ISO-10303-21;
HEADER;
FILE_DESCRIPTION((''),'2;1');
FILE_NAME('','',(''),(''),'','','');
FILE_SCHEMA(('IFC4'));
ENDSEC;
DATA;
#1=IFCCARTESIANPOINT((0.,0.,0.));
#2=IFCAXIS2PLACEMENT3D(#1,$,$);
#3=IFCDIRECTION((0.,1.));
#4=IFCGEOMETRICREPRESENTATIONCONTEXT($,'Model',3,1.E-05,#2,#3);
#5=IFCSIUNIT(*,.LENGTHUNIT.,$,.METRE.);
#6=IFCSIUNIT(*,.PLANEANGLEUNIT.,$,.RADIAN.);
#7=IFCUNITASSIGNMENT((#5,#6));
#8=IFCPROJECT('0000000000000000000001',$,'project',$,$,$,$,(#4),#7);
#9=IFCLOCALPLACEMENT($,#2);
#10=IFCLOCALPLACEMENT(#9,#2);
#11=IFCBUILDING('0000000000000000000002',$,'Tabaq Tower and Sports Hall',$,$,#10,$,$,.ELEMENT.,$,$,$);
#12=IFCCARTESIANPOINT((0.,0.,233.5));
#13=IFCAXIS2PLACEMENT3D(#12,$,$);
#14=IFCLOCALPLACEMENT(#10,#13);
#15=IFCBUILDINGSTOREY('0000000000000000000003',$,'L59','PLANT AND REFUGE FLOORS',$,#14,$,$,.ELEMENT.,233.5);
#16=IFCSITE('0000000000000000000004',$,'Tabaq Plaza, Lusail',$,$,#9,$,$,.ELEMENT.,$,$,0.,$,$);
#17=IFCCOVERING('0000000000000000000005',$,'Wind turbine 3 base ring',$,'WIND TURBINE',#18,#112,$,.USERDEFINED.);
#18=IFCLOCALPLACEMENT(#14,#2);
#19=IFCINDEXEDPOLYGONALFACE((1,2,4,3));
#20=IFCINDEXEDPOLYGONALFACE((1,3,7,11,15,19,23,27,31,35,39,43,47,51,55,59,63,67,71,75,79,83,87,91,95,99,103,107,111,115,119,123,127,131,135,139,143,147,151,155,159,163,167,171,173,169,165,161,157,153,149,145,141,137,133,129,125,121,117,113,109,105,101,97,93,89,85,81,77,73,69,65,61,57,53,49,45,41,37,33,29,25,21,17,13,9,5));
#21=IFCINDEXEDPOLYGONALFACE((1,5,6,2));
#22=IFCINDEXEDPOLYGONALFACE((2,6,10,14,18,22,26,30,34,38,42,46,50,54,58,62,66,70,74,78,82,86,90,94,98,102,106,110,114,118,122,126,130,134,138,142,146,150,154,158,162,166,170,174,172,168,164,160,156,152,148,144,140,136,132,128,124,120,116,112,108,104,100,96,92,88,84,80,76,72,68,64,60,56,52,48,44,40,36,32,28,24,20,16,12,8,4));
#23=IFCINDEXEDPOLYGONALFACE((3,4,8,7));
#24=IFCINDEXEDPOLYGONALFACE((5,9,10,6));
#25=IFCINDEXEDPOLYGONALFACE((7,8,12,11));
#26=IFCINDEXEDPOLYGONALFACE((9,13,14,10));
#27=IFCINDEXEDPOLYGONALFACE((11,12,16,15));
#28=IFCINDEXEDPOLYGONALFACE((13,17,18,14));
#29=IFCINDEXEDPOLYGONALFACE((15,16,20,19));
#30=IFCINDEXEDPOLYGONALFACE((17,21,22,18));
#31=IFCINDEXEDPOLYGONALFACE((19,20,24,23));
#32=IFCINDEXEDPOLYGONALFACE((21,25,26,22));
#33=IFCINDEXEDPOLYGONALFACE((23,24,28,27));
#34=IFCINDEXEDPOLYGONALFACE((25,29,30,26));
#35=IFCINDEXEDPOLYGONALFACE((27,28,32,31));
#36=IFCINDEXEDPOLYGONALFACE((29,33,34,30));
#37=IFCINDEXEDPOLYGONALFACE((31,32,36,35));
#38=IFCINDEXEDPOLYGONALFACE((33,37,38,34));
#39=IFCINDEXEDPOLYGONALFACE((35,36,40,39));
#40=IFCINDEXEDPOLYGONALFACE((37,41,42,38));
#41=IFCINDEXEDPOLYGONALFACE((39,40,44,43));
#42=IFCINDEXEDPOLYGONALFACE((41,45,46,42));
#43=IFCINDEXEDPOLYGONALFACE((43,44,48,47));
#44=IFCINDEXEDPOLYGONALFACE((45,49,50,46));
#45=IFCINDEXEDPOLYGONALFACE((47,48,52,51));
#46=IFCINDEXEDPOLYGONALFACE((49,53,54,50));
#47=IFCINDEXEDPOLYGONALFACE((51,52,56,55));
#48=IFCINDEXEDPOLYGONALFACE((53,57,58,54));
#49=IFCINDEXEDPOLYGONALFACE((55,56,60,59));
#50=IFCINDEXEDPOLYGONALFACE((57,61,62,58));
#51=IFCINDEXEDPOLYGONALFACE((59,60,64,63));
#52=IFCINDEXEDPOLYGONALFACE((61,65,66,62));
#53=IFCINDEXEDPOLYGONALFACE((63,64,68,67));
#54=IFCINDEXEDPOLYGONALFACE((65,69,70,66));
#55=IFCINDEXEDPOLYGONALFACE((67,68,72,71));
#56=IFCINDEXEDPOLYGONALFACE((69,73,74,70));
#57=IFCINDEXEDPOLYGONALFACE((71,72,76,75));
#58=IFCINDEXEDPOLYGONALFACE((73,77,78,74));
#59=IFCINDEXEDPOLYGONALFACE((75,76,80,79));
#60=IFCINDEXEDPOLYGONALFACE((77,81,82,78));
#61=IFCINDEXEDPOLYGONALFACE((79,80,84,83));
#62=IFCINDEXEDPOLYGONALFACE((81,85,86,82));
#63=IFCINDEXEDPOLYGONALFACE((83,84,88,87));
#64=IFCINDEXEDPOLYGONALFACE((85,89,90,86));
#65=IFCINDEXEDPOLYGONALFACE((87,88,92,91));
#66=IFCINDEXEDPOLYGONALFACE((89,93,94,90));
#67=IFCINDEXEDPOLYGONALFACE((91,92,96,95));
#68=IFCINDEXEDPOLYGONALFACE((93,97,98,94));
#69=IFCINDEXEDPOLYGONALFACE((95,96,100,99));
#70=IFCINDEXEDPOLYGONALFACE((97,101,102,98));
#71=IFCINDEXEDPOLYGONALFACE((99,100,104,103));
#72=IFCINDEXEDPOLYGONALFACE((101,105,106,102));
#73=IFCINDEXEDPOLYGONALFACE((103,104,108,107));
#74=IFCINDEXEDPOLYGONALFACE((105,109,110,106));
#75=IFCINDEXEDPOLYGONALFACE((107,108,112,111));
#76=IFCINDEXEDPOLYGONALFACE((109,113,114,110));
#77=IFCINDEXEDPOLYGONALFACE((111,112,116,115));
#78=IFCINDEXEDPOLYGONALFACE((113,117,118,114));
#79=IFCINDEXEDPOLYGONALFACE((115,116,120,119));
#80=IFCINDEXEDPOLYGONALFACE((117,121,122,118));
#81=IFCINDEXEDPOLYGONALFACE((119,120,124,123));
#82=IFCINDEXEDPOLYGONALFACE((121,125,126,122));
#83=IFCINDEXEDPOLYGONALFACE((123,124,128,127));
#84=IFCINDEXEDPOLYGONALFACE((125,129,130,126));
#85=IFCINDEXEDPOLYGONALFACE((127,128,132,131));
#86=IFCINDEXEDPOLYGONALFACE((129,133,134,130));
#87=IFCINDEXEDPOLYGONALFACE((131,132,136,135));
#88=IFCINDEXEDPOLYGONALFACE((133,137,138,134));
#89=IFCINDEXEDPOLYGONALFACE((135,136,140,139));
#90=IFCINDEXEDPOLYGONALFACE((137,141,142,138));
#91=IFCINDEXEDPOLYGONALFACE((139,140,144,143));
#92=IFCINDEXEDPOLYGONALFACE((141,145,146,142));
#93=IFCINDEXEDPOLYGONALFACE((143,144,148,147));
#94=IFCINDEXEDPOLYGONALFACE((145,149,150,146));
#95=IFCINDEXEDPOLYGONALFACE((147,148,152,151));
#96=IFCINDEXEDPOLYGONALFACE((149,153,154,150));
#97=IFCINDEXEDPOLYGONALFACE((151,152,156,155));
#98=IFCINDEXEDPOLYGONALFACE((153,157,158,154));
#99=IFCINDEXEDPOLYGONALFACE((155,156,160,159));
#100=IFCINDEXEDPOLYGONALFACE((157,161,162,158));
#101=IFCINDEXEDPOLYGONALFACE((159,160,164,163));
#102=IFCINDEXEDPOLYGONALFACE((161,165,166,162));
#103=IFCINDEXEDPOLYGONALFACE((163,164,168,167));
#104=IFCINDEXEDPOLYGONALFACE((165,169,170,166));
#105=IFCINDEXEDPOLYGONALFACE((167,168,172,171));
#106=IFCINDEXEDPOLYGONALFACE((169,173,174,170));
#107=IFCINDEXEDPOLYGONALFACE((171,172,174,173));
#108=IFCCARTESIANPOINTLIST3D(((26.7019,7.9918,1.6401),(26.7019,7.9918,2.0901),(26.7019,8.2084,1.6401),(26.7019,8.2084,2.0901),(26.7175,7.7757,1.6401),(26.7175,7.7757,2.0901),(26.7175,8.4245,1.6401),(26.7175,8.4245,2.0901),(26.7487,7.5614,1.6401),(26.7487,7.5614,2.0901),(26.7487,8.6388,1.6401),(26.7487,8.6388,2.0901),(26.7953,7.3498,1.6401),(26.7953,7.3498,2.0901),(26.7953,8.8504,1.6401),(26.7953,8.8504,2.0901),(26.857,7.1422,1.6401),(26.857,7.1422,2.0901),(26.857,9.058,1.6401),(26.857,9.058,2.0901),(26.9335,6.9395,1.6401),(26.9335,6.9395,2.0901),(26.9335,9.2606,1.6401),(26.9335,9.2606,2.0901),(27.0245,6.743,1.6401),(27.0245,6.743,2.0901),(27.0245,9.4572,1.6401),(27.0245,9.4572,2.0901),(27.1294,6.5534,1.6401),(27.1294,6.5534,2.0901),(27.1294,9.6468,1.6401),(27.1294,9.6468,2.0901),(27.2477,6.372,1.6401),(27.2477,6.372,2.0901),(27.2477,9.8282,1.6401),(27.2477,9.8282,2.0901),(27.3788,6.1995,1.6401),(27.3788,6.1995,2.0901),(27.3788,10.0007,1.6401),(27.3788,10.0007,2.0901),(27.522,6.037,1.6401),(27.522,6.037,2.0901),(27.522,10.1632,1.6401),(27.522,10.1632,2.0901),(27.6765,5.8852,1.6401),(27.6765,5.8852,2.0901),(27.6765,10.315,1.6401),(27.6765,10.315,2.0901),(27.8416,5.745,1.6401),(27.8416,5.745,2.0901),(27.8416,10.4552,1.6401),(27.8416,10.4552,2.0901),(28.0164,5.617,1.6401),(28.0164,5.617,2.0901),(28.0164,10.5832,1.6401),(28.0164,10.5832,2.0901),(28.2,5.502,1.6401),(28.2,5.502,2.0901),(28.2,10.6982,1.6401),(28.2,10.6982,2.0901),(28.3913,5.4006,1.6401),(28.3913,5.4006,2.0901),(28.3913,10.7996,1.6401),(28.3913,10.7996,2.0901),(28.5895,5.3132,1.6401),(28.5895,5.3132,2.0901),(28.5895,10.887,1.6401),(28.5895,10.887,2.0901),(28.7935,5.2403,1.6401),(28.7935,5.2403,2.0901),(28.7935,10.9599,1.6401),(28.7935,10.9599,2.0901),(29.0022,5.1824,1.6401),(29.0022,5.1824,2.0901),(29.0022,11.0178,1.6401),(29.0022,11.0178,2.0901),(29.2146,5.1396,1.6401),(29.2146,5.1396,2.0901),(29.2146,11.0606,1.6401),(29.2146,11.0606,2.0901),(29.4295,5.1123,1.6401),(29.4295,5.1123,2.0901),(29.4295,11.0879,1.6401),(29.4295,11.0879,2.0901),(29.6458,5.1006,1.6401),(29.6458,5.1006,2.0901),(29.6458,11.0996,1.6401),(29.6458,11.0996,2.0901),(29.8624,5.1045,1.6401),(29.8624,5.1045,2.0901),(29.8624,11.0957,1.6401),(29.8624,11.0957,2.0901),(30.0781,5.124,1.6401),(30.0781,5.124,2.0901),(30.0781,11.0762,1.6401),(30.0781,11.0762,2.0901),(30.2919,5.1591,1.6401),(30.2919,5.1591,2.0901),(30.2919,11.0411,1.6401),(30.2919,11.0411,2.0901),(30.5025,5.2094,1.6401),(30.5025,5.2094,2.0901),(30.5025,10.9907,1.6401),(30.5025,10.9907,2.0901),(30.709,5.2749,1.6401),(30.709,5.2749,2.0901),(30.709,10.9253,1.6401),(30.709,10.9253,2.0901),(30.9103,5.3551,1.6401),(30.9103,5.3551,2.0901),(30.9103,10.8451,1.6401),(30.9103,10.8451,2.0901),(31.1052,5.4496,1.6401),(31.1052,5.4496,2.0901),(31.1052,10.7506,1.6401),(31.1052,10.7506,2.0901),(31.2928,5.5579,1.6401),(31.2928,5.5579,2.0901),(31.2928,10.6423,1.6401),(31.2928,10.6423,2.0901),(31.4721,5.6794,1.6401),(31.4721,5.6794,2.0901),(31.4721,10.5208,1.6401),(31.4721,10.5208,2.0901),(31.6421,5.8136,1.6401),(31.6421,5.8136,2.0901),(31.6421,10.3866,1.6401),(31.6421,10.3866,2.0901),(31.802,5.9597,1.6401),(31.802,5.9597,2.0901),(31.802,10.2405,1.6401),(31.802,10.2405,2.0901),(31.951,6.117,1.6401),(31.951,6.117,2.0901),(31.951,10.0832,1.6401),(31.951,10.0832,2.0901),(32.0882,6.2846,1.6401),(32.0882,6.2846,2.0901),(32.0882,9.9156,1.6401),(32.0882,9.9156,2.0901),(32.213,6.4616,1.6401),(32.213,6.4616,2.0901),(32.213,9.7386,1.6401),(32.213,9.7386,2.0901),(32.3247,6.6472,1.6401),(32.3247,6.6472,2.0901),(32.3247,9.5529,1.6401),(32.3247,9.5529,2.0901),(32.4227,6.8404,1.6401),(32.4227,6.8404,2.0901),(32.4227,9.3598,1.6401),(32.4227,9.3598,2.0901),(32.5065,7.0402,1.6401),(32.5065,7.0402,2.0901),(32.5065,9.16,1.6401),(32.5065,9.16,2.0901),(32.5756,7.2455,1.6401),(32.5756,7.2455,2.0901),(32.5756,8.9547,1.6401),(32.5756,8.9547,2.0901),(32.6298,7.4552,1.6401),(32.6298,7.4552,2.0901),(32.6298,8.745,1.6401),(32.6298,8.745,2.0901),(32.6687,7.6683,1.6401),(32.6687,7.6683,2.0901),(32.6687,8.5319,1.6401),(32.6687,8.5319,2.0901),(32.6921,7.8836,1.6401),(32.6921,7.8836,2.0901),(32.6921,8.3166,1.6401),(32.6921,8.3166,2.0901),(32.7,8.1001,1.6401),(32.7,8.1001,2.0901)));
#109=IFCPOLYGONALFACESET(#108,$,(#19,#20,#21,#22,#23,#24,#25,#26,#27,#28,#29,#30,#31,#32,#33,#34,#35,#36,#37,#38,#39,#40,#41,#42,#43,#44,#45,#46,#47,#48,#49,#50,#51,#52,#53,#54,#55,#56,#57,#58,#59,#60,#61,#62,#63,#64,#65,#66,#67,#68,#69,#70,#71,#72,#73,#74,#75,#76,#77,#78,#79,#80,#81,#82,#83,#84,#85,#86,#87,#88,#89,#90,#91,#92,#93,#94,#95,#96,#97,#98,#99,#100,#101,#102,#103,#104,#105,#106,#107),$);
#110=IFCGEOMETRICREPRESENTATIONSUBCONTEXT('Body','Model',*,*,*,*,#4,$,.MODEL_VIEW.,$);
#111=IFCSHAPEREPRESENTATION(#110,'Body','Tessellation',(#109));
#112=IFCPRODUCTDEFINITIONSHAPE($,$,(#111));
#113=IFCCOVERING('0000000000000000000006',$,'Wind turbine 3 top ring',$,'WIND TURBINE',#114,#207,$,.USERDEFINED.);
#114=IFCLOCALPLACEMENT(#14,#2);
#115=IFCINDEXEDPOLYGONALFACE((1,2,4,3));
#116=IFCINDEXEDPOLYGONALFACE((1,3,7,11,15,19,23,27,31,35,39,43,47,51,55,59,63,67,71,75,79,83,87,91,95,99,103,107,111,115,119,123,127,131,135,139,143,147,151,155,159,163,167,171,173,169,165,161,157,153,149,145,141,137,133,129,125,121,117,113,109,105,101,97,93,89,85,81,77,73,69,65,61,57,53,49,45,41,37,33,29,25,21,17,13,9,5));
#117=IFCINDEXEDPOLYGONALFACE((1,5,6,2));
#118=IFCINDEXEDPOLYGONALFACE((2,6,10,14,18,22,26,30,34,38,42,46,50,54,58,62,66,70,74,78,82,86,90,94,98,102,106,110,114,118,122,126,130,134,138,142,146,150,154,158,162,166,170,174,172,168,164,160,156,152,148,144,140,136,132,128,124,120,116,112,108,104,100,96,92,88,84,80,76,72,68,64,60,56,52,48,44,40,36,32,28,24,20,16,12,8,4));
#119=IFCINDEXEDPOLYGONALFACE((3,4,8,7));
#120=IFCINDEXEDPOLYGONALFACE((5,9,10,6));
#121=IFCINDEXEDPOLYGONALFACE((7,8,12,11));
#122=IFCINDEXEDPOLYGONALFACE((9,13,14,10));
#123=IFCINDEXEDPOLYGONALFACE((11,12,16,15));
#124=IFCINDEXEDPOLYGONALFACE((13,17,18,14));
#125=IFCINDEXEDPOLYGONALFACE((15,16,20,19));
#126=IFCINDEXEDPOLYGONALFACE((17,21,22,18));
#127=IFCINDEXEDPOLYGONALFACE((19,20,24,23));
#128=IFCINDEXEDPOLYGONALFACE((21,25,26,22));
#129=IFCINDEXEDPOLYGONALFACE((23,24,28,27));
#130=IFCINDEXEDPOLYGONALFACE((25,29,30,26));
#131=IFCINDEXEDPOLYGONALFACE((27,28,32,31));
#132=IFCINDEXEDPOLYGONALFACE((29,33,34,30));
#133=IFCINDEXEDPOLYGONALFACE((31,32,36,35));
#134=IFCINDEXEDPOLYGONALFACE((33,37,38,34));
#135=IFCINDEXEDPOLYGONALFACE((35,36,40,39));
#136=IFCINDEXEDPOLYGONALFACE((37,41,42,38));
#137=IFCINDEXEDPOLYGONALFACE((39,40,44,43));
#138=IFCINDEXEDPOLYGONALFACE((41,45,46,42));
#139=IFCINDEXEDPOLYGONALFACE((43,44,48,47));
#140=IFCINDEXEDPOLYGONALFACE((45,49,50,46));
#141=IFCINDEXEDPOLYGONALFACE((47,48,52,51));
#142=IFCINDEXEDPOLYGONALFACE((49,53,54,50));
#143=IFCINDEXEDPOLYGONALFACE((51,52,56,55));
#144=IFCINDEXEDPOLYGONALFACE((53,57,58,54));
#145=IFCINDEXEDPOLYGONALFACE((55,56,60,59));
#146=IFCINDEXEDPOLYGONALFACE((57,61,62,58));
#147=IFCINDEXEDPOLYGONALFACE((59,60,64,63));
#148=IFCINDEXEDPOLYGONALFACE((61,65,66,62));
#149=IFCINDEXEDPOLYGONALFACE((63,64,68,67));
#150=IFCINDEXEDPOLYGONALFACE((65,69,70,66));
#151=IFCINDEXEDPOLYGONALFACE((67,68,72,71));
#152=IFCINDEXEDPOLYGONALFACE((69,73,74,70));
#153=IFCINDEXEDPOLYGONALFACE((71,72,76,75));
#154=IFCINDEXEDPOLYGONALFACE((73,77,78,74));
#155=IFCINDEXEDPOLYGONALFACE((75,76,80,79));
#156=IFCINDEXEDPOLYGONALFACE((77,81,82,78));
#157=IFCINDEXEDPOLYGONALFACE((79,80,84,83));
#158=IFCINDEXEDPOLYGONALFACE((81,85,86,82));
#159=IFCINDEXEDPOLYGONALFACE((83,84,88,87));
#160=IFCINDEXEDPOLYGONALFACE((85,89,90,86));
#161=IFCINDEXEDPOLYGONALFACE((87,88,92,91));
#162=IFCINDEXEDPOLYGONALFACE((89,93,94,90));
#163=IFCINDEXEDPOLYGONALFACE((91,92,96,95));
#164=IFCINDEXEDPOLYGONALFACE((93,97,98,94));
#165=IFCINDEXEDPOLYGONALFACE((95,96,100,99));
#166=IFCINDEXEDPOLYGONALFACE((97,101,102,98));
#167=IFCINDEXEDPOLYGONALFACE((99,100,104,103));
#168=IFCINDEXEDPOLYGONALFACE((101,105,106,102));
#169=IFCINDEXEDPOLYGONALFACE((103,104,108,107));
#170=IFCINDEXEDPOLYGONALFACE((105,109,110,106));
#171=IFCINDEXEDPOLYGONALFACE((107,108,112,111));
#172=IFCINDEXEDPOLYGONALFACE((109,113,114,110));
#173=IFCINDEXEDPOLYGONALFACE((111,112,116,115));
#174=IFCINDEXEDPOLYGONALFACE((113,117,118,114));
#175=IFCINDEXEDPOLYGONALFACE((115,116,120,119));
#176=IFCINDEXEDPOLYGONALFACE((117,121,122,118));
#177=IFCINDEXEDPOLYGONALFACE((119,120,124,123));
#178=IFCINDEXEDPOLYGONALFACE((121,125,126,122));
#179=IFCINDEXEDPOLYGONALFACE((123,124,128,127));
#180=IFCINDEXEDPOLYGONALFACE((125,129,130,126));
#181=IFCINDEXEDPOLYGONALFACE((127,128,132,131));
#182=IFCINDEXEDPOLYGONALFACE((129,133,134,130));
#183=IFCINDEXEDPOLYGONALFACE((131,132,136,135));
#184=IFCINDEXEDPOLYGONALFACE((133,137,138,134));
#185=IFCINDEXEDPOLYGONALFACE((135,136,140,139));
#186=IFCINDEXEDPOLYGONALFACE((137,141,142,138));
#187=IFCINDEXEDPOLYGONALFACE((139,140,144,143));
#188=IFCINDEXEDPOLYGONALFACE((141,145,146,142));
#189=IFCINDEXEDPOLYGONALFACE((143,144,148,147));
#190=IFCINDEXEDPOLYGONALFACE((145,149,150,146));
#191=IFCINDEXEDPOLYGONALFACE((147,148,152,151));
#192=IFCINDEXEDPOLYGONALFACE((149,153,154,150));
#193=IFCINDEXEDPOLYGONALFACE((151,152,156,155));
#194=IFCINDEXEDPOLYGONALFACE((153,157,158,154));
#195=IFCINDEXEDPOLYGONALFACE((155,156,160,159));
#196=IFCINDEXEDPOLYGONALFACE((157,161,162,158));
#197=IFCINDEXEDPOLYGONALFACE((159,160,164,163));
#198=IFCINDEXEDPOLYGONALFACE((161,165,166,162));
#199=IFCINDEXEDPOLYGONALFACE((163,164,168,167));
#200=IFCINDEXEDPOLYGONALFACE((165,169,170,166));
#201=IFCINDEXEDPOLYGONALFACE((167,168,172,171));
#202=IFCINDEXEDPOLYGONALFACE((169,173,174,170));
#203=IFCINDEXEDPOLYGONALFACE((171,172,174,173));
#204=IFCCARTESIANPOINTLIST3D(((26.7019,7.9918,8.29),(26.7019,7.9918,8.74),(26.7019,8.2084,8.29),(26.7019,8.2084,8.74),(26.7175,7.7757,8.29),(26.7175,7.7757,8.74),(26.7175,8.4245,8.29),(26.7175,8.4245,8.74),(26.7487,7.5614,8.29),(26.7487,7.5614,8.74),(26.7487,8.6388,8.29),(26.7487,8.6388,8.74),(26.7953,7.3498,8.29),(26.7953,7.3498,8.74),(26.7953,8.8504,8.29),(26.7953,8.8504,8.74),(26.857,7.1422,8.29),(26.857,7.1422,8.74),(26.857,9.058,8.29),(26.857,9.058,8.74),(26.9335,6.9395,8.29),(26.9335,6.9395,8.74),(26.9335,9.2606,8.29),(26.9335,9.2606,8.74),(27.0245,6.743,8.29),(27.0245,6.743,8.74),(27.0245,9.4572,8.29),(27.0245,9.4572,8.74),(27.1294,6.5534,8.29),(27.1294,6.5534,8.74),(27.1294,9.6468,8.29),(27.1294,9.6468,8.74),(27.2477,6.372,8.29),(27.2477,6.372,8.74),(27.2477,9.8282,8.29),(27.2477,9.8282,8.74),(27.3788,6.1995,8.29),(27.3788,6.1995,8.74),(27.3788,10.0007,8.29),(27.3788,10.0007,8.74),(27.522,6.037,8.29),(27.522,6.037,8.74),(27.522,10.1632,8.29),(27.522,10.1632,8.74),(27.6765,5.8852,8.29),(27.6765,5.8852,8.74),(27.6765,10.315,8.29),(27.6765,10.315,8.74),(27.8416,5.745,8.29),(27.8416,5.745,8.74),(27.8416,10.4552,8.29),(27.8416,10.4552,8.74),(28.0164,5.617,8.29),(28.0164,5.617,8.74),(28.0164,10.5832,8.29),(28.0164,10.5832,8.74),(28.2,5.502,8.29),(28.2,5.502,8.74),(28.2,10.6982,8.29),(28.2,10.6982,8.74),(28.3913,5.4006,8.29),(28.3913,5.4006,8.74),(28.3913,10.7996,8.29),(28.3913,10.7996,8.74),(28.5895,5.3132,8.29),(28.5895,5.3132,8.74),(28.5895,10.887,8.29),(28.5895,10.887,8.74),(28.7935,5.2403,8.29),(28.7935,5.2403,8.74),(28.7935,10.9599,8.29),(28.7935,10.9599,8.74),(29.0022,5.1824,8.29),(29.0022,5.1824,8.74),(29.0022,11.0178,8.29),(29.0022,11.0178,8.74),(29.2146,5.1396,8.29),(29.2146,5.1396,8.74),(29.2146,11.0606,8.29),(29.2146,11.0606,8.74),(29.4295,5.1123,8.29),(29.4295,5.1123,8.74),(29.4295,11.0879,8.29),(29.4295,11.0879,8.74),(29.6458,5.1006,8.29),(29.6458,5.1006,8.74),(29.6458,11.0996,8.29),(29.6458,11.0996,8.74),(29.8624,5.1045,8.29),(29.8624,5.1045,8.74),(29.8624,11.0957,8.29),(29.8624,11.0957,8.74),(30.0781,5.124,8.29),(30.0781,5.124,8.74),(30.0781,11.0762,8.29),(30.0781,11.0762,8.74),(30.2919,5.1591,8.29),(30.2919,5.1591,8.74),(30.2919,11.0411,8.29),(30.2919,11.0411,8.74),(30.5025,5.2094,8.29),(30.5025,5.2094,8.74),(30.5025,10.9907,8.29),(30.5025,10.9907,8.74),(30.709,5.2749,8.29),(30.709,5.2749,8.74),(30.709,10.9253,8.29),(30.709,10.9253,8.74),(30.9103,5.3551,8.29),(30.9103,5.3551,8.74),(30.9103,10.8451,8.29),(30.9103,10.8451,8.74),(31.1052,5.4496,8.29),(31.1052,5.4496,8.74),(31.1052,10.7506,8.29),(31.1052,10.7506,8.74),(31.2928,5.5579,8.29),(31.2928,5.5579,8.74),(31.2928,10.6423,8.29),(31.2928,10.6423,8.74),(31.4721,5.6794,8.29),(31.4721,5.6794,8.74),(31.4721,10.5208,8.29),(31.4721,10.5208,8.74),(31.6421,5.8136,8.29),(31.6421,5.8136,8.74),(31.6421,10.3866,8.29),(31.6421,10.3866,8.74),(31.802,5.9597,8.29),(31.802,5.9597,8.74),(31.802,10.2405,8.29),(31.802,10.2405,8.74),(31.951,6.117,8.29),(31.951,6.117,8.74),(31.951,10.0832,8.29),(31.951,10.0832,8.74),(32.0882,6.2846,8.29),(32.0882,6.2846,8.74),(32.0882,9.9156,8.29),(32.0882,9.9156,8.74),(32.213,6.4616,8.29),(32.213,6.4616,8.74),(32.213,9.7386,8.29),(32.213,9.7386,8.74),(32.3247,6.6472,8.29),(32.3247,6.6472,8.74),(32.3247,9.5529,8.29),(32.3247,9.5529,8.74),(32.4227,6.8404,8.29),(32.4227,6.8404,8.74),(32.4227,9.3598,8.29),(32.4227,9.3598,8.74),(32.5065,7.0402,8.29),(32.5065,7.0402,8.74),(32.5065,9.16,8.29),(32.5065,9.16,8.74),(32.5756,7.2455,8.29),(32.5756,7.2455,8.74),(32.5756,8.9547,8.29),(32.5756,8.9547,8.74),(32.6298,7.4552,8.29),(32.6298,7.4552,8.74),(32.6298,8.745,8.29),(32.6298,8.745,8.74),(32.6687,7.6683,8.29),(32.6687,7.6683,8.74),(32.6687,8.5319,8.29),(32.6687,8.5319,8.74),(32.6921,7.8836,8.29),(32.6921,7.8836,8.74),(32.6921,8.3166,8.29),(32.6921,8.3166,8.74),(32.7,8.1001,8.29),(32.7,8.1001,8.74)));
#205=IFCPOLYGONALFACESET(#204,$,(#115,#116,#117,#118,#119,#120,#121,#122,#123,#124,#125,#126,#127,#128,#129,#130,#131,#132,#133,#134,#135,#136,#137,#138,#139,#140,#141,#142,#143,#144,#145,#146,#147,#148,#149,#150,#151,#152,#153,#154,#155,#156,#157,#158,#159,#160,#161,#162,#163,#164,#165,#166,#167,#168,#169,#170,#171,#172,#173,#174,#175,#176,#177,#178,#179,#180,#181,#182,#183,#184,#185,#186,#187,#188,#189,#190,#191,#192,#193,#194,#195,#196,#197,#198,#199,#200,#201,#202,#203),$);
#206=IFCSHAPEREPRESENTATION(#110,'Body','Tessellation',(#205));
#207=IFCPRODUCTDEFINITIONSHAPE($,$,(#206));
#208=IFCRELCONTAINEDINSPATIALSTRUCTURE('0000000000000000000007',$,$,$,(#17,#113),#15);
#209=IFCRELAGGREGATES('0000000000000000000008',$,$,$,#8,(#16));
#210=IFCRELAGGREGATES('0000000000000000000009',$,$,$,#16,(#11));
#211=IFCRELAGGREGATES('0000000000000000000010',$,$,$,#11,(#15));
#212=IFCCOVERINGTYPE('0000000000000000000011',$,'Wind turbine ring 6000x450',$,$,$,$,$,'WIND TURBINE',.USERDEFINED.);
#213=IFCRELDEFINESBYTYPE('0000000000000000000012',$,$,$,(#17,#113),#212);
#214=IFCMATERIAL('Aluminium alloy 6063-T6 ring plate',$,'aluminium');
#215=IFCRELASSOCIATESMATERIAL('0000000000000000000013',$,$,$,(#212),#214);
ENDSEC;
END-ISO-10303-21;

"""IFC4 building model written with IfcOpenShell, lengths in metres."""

from ifc_helpers import new_model, si_unit, direction, frame, origin, origin_2d, place, context, subcontext, project, spatial, circle, extrude, material, material_profile, profile_set, type_object, element, save


model = new_model("IFC4")

# Units and contexts
model_context = context("Model", 3, precision=1e-05, world=origin(), true_north=direction((0.0, 1.0)))
body_context = subcontext(model_context, "Body", "Model", "MODEL_VIEW")
ifc_project = project(units=[si_unit("LENGTHUNIT", "METRE"), si_unit("PLANEANGLEUNIT", "RADIAN")], contexts=[model_context])

# Site, building, storey
site_placement = place(None, origin())
site = spatial("IfcSite", under=ifc_project, at=site_placement, Name="Tabaq Plaza, Lusail", CompositionType="ELEMENT", RefElevation=0.0)
building_placement = place(site_placement, origin())
building = spatial("IfcBuilding", under=site, at=building_placement, Name="Tabaq Tower and Sports Hall", CompositionType="ELEMENT")
storey_placement = place(building_placement, frame((0.0, 0.0, 233.5)))
storey = spatial("IfcBuildingStorey", under=building, at=storey_placement, Name="L59", Description="PLANT AND REFUGE FLOORS", CompositionType="ELEMENT", Elevation=233.5)

# Coverings
ifc_material_1 = material(Name="Aluminium alloy 6063-T6 ring plate", Category="aluminium")
ifc_material_profile_1 = material_profile(ifc_material_1, circle(Radius=3.0, at=origin_2d()), Name="Wind turbine ring 6000x450")
ifc_profile_set_1 = profile_set([ifc_material_profile_1], Name="Aluminium alloy 6063-T6 ring plate")
covering_type_1 = type_object("IfcCoveringType", Name="Wind turbine ring 6000x450", ElementType="WIND TURBINE", PredefinedType="USERDEFINED", material=ifc_profile_set_1)
for number, where, z_axis, x_axis, name in (
    (1, (29.7, 8.1001, 2.0901), (0.0, 0.0, -1.0), (1.0, 0.0, 0.0), "Wind turbine 3 base ring"),
    (2, (29.7, 8.1001, 8.74), (0.0, 0.0, -1.0), (1.0, 0.0, 0.0), "Wind turbine 3 top ring"),
):
    element("IfcCovering", number, at=place(storey_placement, frame(where, z_axis=z_axis, x_axis=x_axis)), inside=storey, type_object=covering_type_1, Name=name, ObjectType="WIND TURBINE", PredefinedType="USERDEFINED", context=body_context, shape_type="SweptSolid", body=[
        extrude(circle(Radius=3.0, at=origin_2d()), origin(), (0.0, 0.0, 1.0), 0.45),
    ])

save(model, "model.ifc")
